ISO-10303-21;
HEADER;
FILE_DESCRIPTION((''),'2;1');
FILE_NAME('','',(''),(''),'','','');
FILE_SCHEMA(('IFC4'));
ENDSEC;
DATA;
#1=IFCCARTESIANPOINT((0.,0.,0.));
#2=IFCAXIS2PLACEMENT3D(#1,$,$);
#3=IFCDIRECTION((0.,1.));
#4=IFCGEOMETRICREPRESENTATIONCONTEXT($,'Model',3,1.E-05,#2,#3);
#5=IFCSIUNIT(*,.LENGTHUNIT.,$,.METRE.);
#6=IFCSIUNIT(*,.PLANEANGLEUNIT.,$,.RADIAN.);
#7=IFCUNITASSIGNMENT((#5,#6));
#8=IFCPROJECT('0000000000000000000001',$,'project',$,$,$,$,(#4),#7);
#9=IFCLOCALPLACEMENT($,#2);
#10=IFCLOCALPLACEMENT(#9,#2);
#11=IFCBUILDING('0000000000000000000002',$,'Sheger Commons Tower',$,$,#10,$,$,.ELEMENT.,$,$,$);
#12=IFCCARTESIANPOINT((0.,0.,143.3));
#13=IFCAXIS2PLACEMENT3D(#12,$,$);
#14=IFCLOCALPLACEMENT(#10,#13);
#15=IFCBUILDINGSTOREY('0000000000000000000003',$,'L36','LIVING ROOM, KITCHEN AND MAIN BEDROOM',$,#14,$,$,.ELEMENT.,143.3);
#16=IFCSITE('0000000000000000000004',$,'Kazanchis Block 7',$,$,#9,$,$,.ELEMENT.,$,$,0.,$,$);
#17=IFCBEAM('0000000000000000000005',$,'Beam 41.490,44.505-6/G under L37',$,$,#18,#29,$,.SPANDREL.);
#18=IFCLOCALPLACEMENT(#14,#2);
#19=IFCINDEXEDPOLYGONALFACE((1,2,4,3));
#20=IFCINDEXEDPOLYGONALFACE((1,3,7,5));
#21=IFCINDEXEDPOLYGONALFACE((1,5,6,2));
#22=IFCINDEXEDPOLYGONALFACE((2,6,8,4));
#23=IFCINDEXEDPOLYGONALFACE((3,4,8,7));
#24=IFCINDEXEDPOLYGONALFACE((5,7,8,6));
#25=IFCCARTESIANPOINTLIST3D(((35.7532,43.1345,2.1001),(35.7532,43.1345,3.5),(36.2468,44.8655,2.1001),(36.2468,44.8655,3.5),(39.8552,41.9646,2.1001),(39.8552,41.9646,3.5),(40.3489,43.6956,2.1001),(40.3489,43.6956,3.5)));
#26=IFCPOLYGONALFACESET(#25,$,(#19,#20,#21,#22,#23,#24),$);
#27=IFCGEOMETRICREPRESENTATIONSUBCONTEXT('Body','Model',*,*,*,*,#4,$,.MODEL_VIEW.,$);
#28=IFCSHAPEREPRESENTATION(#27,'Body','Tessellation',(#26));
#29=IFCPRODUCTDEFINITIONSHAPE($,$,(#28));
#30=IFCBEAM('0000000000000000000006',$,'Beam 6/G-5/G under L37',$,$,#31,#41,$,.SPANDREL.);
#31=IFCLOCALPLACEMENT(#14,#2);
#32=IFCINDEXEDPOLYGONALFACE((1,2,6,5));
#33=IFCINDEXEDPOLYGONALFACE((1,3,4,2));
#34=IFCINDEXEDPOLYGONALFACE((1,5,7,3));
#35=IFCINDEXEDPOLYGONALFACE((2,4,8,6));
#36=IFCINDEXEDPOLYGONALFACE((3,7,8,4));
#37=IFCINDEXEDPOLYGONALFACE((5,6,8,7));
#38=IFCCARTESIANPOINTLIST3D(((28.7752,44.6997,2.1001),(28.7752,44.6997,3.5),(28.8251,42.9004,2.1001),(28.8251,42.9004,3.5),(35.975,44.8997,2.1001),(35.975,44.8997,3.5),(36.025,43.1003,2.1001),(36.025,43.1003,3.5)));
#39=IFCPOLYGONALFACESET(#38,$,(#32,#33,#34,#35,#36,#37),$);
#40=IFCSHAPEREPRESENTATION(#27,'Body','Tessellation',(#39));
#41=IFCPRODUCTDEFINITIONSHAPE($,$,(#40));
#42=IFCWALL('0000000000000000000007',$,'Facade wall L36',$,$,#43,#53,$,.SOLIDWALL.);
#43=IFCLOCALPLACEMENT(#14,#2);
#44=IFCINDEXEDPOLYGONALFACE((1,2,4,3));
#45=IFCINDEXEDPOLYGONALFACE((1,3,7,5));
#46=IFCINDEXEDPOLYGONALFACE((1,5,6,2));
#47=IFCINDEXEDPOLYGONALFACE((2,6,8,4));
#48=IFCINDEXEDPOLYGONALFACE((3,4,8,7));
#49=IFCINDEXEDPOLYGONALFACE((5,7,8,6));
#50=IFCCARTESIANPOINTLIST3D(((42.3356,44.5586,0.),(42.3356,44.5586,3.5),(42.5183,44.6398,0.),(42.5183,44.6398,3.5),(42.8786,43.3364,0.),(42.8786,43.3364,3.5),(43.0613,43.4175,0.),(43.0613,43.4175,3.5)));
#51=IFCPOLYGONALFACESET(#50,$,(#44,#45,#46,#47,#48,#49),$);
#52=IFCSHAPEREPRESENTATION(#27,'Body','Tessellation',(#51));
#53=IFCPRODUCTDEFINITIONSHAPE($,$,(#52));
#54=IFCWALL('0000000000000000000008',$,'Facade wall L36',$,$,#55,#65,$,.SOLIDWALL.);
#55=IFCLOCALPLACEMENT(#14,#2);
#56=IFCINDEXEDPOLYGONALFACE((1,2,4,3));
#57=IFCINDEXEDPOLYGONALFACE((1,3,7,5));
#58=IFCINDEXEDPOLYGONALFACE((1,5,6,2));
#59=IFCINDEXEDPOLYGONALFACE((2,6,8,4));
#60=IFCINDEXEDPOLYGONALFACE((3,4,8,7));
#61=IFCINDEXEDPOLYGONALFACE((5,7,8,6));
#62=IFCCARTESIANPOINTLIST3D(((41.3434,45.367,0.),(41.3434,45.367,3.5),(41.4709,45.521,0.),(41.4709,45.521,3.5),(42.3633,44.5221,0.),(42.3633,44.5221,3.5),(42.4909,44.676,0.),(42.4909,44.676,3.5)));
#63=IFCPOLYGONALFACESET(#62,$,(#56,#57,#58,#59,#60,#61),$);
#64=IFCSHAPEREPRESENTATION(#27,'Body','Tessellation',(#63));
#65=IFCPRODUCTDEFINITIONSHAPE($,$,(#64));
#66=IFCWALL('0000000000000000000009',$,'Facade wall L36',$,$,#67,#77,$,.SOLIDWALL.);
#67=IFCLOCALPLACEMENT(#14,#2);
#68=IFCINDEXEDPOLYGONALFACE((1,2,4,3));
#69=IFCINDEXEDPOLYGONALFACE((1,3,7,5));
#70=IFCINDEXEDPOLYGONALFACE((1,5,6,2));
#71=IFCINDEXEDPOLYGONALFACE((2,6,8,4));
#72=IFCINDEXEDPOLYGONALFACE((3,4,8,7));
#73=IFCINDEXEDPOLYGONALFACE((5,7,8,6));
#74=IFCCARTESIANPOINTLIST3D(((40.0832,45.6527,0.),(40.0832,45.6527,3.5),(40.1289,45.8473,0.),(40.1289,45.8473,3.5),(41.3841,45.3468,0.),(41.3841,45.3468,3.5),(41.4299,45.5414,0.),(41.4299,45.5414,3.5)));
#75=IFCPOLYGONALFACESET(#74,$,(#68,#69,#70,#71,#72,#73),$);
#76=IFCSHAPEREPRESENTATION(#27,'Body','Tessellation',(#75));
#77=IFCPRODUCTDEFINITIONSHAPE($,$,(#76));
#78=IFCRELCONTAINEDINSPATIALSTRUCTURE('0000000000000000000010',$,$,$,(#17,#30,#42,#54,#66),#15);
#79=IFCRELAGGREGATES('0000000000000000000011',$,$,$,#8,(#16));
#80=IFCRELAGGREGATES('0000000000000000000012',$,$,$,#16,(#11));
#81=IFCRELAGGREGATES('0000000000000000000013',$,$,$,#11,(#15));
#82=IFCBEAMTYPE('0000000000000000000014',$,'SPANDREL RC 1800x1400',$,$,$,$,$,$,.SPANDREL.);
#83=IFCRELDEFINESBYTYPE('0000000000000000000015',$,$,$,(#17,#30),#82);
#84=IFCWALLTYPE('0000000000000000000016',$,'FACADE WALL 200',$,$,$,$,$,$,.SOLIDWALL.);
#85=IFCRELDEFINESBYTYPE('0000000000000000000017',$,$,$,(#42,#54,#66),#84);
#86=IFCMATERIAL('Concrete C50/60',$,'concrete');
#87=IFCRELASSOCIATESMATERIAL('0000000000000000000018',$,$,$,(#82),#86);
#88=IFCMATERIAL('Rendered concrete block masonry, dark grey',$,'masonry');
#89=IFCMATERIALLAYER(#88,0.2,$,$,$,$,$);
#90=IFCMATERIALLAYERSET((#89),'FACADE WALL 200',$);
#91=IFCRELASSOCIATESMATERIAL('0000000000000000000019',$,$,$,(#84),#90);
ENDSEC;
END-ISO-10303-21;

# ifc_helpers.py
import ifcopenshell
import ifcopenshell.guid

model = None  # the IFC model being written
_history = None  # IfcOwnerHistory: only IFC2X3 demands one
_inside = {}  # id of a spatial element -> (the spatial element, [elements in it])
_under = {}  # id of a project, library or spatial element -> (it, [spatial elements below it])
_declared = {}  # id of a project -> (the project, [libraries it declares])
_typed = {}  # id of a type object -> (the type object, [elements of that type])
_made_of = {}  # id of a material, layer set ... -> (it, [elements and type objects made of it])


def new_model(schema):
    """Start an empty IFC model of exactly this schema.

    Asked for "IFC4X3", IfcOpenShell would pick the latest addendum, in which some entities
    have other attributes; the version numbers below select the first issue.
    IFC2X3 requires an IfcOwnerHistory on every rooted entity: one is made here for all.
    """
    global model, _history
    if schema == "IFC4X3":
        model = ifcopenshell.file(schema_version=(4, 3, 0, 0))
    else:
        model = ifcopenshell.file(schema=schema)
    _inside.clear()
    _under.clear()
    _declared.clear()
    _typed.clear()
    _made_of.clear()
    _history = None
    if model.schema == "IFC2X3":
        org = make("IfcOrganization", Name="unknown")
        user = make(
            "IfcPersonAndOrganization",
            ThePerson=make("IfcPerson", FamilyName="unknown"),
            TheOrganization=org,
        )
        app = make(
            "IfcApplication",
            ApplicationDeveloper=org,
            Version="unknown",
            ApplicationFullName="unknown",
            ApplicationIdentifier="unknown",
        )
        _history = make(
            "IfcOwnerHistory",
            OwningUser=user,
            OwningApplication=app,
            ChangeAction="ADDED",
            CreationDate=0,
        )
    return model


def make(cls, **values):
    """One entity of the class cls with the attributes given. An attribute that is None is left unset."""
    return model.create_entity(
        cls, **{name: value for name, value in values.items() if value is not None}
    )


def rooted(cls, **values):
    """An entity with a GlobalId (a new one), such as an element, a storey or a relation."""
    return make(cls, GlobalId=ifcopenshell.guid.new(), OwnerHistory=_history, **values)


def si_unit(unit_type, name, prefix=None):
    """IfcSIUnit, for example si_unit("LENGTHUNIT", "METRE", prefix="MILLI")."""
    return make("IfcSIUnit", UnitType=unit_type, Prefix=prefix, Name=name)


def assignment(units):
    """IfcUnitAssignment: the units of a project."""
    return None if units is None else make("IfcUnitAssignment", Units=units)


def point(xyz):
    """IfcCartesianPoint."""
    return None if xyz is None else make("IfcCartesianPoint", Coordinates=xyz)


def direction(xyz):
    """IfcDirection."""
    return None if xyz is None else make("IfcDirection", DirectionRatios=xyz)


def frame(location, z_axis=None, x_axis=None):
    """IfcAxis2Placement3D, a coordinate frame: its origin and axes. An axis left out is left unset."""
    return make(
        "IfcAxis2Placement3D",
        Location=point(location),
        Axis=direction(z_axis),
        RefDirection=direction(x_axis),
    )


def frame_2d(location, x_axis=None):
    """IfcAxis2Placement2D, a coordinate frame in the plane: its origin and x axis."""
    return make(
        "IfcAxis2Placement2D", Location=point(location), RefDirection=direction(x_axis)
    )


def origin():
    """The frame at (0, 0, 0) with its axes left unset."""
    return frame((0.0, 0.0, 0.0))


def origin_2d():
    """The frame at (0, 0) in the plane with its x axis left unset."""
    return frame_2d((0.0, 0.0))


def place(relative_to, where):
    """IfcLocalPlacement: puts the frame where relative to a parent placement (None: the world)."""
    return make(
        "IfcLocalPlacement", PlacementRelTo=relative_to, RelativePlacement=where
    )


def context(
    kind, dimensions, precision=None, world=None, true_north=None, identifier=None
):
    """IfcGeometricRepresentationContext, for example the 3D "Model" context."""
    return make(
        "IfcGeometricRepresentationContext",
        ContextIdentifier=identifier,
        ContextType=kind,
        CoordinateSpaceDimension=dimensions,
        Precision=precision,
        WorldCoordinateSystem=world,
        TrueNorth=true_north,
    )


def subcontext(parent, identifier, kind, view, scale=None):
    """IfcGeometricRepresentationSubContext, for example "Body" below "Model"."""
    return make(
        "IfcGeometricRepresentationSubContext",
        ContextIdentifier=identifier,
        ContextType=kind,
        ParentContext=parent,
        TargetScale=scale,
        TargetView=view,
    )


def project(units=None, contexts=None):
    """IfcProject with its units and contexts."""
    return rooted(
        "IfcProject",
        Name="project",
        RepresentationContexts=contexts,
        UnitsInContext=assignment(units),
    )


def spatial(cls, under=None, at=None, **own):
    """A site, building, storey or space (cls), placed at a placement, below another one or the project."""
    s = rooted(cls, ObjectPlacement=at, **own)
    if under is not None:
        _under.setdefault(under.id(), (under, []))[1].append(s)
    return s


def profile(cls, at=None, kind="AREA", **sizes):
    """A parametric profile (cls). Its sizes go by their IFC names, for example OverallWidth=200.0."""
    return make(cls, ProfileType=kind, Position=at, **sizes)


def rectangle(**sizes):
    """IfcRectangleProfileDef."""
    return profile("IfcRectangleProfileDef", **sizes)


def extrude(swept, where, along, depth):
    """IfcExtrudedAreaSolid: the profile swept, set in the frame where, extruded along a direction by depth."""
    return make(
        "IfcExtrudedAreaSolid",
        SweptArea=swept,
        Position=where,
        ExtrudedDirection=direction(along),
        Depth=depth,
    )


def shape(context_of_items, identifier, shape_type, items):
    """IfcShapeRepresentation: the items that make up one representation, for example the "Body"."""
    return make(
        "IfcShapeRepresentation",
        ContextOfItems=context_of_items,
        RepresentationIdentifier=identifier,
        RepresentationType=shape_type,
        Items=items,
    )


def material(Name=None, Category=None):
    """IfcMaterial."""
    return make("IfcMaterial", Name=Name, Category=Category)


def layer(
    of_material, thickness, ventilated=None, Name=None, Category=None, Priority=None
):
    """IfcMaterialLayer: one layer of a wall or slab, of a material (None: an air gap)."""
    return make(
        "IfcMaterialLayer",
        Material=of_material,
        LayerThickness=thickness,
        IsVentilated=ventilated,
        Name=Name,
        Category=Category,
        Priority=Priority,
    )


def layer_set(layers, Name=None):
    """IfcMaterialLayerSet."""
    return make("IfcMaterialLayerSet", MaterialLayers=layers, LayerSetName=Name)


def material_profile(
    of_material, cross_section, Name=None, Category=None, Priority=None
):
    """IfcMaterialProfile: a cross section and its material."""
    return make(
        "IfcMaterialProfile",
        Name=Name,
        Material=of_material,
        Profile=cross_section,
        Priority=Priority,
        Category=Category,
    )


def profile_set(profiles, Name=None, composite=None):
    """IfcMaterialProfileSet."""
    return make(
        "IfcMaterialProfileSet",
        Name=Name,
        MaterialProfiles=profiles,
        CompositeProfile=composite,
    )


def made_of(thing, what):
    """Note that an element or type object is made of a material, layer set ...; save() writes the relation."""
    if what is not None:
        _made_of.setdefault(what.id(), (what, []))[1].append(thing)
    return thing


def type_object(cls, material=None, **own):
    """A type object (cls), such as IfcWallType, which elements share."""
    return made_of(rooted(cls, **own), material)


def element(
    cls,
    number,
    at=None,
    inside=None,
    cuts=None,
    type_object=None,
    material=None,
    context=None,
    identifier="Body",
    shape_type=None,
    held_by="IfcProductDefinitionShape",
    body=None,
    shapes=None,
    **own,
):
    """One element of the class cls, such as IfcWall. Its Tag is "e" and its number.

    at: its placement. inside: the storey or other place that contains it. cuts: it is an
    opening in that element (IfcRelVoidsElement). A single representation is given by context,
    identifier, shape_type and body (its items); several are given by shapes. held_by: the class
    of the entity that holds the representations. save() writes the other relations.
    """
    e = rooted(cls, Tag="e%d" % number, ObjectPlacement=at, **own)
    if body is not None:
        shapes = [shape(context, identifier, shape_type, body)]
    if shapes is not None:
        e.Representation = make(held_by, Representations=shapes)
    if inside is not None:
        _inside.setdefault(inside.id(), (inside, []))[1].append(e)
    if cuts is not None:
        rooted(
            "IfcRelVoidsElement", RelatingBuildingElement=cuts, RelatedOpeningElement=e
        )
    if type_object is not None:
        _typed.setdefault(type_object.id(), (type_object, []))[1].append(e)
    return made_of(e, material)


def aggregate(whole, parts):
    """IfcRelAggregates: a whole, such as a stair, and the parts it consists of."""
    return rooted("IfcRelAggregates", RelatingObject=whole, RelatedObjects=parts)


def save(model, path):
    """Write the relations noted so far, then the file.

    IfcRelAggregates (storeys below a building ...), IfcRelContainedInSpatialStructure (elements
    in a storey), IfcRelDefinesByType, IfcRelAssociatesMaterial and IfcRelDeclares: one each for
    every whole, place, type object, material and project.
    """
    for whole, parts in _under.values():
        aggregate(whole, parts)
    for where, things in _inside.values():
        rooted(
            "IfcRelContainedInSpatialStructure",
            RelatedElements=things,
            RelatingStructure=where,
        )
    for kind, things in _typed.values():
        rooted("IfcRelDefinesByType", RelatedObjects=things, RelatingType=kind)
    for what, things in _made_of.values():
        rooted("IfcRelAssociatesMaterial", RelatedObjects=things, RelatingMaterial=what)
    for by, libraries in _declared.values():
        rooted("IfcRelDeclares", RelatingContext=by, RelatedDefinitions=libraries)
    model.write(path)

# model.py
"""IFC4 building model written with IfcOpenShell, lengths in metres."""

from ifc_helpers import new_model, si_unit, direction, frame, frame_2d, origin, origin_2d, place, context, subcontext, project, spatial, rectangle, extrude, material, layer, layer_set, material_profile, profile_set, type_object, element, save


model = new_model("IFC4")

# Units and contexts
model_context = context("Model", 3, precision=1e-05, world=origin(), true_north=direction((0.0, 1.0)))
body_context = subcontext(model_context, "Body", "Model", "MODEL_VIEW")
ifc_project = project(units=[si_unit("LENGTHUNIT", "METRE"), si_unit("PLANEANGLEUNIT", "RADIAN")], contexts=[model_context])

# Site, building, storey
site_placement = place(None, origin())
site = spatial("IfcSite", under=ifc_project, at=site_placement, Name="Kazanchis Block 7", CompositionType="ELEMENT", RefElevation=0.0)
building_placement = place(site_placement, origin())
building = spatial("IfcBuilding", under=site, at=building_placement, Name="Sheger Commons Tower", CompositionType="ELEMENT")
storey_placement = place(building_placement, frame((0.0, 0.0, 143.3)))
storey = spatial("IfcBuildingStorey", under=building, at=storey_placement, Name="L36", Description="LIVING ROOM, KITCHEN AND MAIN BEDROOM", CompositionType="ELEMENT", Elevation=143.3)

# Beams
ifc_material_1 = material(Name="Concrete C50/60", Category="concrete")
ifc_material_profile = material_profile(ifc_material_1, rectangle(XDim=1.8, YDim=1.3999, at=origin_2d()), Name="RC 1800x1400")
ifc_profile_set = profile_set([ifc_material_profile], Name="Concrete C50/60")
beam_type = type_object("IfcBeamType", Name="SPANDREL RC 1800x1400", PredefinedType="SPANDREL", material=ifc_profile_set)
beam_1_placement = place(storey_placement, frame((40.1021, 42.8301, 2.8), z_axis=(-0.961653, 0.274268, 0.0), x_axis=(-0.274268, -0.961653, 0.0)))
element("IfcBeam", 1, at=beam_1_placement, inside=storey, type_object=beam_type, Name="Beam 41.490,44.505-6/G under L37", PredefinedType="SPANDREL", context=body_context, shape_type="SweptSolid", body=[
    extrude(rectangle(XDim=1.8, YDim=1.3999, at=origin_2d()), origin(), (0.0, 0.0, 1.0), 4.2656),
])
beam_2_placement = place(storey_placement, frame((36.0, 44.0, 2.8), z_axis=(-0.999615, -0.02776, 0.0), x_axis=(0.02776, -0.999615, 0.0)))
element("IfcBeam", 2, at=beam_2_placement, inside=storey, type_object=beam_type, Name="Beam 6/G-5/G under L37", PredefinedType="SPANDREL", context=body_context, shape_type="SweptSolid", body=[
    extrude(rectangle(XDim=1.8, YDim=1.3999, at=origin_2d()), origin(), (0.0, 0.0, 1.0), 7.2026),
])

# Walls
ifc_material_2 = material(Name="Rendered concrete block masonry, dark grey", Category="masonry")
ifc_layer_1 = layer(ifc_material_2, 0.2)
ifc_layer_set_1 = layer_set([ifc_layer_1], Name="FACADE WALL 200")
wall_type_1 = type_object("IfcWallType", Name="FACADE WALL 200", PredefinedType="SOLIDWALL", material=ifc_layer_set_1)
wall_1_placement = place(storey_placement, frame((42.97, 43.377, 0.0), z_axis=(0.0, 0.0, 1.0), x_axis=(-0.406003, 0.913872, 0.0)))
element("IfcWall", 3, at=wall_1_placement, inside=storey, type_object=wall_type_1, Name="Facade wall L36", PredefinedType="SOLIDWALL", context=body_context, shape_type="SweptSolid", body=[
    extrude(rectangle(XDim=1.3374, YDim=0.2, at=frame_2d((0.6687, 0.0))), origin(), (0.0, 0.0, 1.0), 3.5),
])
wall_2_placement = place(storey_placement, frame((42.427, 44.5991, 0.0), z_axis=(0.0, 0.0, 1.0), x_axis=(-0.770091, 0.637934, 0.0)))
element("IfcWall", 4, at=wall_2_placement, inside=storey, type_object=wall_type_1, Name="Facade wall L36", PredefinedType="SOLIDWALL", context=body_context, shape_type="SweptSolid", body=[
    extrude(rectangle(XDim=1.3245, YDim=0.2, at=frame_2d((0.6621, 0.0))), origin(), (0.0, 0.0, 1.0), 3.5),
])
wall_3_placement = place(storey_placement, frame((41.407, 45.4441, 0.0), z_axis=(0.0, 0.0, 1.0), x_axis=(-0.973453, 0.228887, 0.0)))
element("IfcWall", 5, at=wall_3_placement, inside=storey, type_object=wall_type_1, Name="Facade wall L36", PredefinedType="SOLIDWALL", context=body_context, shape_type="SweptSolid", body=[
    extrude(rectangle(XDim=1.3364, YDim=0.2, at=frame_2d((0.6682, 0.0))), origin(), (0.0, 0.0, 1.0), 3.5),
])

save(model, "model.ifc")
